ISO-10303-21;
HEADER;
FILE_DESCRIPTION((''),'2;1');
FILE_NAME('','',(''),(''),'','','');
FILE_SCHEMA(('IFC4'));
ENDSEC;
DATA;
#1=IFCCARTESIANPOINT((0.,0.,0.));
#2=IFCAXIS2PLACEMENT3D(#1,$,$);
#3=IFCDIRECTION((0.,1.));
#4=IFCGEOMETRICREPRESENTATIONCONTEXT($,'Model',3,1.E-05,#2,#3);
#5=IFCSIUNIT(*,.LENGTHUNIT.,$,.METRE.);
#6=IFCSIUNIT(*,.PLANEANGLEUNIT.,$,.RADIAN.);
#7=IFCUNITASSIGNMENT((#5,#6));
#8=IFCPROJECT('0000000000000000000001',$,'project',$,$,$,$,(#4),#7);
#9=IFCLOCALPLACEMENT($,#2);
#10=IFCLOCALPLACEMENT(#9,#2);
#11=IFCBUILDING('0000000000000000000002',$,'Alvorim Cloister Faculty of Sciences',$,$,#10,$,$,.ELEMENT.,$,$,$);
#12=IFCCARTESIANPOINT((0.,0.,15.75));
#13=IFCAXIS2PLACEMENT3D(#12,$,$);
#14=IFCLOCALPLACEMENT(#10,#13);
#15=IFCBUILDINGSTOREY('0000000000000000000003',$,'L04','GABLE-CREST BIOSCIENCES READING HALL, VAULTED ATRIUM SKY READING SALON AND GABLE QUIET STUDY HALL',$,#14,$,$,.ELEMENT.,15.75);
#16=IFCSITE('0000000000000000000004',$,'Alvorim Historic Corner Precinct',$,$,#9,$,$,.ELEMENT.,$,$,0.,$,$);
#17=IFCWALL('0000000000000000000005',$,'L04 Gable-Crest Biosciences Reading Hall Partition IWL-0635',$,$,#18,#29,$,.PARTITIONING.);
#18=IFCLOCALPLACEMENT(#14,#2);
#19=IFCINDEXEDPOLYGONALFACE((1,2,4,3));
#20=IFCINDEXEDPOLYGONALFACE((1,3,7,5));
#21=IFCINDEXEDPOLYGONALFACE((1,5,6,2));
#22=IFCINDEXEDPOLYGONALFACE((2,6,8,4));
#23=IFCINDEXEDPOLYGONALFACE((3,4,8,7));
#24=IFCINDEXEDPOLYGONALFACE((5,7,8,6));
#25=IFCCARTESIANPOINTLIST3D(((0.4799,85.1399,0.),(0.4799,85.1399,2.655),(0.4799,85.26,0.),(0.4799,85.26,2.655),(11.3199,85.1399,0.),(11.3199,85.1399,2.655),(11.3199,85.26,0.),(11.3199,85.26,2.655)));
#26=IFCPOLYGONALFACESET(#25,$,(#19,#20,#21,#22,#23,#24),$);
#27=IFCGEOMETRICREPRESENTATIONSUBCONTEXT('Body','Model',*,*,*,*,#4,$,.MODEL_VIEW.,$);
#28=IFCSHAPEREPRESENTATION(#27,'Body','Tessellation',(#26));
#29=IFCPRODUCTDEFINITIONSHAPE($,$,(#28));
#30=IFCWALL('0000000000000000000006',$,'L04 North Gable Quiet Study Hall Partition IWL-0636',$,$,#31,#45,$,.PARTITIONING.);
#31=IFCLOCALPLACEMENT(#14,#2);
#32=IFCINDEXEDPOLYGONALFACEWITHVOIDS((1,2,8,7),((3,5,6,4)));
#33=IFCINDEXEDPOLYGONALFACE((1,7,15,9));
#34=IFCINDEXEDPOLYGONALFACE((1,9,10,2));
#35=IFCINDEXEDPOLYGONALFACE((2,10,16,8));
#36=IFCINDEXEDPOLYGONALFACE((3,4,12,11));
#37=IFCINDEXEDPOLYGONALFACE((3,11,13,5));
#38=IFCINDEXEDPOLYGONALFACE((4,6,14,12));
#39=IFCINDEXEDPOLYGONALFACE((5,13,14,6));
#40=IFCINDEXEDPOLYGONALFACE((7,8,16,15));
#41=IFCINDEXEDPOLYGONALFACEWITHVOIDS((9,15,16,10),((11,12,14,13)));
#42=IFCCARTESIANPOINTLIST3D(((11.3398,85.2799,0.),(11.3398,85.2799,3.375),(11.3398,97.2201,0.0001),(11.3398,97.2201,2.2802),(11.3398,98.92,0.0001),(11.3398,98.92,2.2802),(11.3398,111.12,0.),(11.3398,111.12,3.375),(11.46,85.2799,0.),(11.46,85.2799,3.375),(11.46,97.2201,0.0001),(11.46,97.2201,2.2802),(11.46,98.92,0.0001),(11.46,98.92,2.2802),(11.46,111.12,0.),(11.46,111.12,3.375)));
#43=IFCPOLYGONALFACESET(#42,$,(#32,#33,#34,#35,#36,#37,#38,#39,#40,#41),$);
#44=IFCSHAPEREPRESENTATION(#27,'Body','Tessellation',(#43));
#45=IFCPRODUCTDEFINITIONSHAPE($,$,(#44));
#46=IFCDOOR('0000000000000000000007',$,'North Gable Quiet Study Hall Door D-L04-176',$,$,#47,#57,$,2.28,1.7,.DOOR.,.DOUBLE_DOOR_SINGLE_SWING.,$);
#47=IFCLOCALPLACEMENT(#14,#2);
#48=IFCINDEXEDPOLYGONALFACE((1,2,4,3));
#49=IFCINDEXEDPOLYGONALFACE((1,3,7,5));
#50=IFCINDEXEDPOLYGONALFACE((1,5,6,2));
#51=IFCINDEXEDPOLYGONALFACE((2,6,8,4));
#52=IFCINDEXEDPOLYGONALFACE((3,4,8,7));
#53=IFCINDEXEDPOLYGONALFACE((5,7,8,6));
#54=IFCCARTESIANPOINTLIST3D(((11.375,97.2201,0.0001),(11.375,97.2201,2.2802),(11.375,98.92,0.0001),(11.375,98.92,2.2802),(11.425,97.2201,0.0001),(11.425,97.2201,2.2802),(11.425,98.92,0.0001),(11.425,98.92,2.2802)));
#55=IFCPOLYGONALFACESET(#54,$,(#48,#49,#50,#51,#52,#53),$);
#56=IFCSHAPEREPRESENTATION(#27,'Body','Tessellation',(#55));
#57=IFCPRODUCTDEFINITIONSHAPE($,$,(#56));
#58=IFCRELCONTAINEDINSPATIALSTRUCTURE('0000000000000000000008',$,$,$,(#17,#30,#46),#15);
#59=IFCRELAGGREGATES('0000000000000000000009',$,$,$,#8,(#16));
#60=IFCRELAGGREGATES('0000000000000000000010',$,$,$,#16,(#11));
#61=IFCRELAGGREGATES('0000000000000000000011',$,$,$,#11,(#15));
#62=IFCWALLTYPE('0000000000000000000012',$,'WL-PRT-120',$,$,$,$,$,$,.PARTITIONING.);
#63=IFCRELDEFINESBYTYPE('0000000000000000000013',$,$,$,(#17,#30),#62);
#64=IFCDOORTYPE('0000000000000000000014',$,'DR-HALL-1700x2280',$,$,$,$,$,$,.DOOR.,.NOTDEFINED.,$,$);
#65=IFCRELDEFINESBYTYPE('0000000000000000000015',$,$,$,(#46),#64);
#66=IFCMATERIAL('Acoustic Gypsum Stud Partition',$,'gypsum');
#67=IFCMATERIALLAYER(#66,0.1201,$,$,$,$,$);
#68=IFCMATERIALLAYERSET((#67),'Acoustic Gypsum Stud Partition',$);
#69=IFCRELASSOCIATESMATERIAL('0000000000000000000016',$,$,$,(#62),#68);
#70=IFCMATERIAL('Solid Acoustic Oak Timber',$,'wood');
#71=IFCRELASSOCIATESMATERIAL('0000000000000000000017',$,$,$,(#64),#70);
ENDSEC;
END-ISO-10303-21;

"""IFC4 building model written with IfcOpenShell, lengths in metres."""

from ifc_helpers import new_model, si_unit, direction, frame, frame_2d, origin, place, context, subcontext, project, spatial, rectangle, extrude, material, layer, layer_set, type_object, element, fill, save


model = new_model("IFC4")

# Units and contexts
model_context = context("Model", 3, precision=1e-05, world=origin(), true_north=direction((0.0, 1.0)))
body_context = subcontext(model_context, "Body", "Model", "MODEL_VIEW")
ifc_project = project(units=[si_unit("LENGTHUNIT", "METRE"), si_unit("PLANEANGLEUNIT", "RADIAN")], contexts=[model_context])

# Site, building, storey
site_placement = place(None, origin())
site = spatial("IfcSite", under=ifc_project, at=site_placement, Name="Alvorim Historic Corner Precinct", CompositionType="ELEMENT", RefElevation=0.0)
building_placement = place(site_placement, origin())
building = spatial("IfcBuilding", under=site, at=building_placement, Name="Alvorim Cloister Faculty of Sciences", CompositionType="ELEMENT")
storey_placement = place(building_placement, frame((0.0, 0.0, 15.75)))
storey = spatial("IfcBuildingStorey", under=building, at=storey_placement, Name="L04", Description="GABLE-CREST BIOSCIENCES READING HALL, VAULTED ATRIUM SKY READING SALON AND GABLE QUIET STUDY HALL", CompositionType="ELEMENT", Elevation=15.75)

# Wall
ifc_material_1 = material(Name="Acoustic Gypsum Stud Partition", Category="gypsum")
ifc_layer = layer(ifc_material_1, 0.1201)
ifc_layer_set = layer_set([ifc_layer], Name="Acoustic Gypsum Stud Partition")
wall_type = type_object("IfcWallType", Name="WL-PRT-120", PredefinedType="PARTITIONING", material=ifc_layer_set)
wall_1_placement = place(storey_placement, frame((0.48, 85.2, 0.0), z_axis=(0.0, 0.0, 1.0), x_axis=(1.0, 0.0, 0.0)))
element("IfcWall", 1, at=wall_1_placement, inside=storey, type_object=wall_type, Name="L04 Gable-Crest Biosciences Reading Hall Partition IWL-0635", PredefinedType="PARTITIONING", context=body_context, shape_type="SweptSolid", body=[
    extrude(rectangle(XDim=10.8401, YDim=0.1201, at=frame_2d((5.4199, 0.0))), origin(), (0.0, 0.0, 1.0), 2.655),
])

# Wall, opening, door
wall_2_placement = place(storey_placement, frame((11.3999, 85.28, 0.0), z_axis=(0.0, 0.0, 1.0), x_axis=(0.0, 1.0, 0.0)))
wall_2 = element("IfcWall", 2, at=wall_2_placement, inside=storey, type_object=wall_type, Name="L04 North Gable Quiet Study Hall Partition IWL-0636", PredefinedType="PARTITIONING", context=body_context, shape_type="SweptSolid", body=[
    extrude(rectangle(XDim=25.8401, YDim=0.1201, at=frame_2d((12.9199, 0.0))), origin(), (0.0, 0.0, 1.0), 3.375),
])
opening_placement = place(wall_2_placement, frame((11.9399, 0.0, 0.0)))
opening = element("IfcOpeningElement", 3, at=opening_placement, cuts=wall_2, PredefinedType="OPENING", context=body_context, shape_type="SweptSolid", body=[
    extrude(rectangle(XDim=1.7, YDim=2.28, at=frame_2d((0.8501, 1.1401))), frame((0.0, 0.072, 0.0), z_axis=(0.0, -1.0, 0.0), x_axis=(1.0, 0.0, 0.0)), (0.0, 0.0, 1.0), 0.144),
])
ifc_material_2 = material(Name="Solid Acoustic Oak Timber", Category="wood")
door_type = type_object("IfcDoorType", Name="DR-HALL-1700x2280", OperationType="NOTDEFINED", PredefinedType="DOOR", material=ifc_material_2)
door_placement = place(opening_placement, origin())
door = element("IfcDoor", 4, at=door_placement, inside=storey, type_object=door_type, Name="North Gable Quiet Study Hall Door D-L04-176", OperationType="DOUBLE_DOOR_SINGLE_SWING", OverallHeight=2.28, OverallWidth=1.7, PredefinedType="DOOR", context=body_context, shape_type="SweptSolid", body=[
    extrude(rectangle(XDim=1.7, YDim=2.28, at=frame_2d((0.8501, 1.1401))), frame((0.0, 0.0249, 0.0), z_axis=(0.0, -1.0, 0.0), x_axis=(1.0, 0.0, 0.0)), (0.0, 0.0, 1.0), 0.05),
])
fill(opening, door)

save(model, "model.ifc")
